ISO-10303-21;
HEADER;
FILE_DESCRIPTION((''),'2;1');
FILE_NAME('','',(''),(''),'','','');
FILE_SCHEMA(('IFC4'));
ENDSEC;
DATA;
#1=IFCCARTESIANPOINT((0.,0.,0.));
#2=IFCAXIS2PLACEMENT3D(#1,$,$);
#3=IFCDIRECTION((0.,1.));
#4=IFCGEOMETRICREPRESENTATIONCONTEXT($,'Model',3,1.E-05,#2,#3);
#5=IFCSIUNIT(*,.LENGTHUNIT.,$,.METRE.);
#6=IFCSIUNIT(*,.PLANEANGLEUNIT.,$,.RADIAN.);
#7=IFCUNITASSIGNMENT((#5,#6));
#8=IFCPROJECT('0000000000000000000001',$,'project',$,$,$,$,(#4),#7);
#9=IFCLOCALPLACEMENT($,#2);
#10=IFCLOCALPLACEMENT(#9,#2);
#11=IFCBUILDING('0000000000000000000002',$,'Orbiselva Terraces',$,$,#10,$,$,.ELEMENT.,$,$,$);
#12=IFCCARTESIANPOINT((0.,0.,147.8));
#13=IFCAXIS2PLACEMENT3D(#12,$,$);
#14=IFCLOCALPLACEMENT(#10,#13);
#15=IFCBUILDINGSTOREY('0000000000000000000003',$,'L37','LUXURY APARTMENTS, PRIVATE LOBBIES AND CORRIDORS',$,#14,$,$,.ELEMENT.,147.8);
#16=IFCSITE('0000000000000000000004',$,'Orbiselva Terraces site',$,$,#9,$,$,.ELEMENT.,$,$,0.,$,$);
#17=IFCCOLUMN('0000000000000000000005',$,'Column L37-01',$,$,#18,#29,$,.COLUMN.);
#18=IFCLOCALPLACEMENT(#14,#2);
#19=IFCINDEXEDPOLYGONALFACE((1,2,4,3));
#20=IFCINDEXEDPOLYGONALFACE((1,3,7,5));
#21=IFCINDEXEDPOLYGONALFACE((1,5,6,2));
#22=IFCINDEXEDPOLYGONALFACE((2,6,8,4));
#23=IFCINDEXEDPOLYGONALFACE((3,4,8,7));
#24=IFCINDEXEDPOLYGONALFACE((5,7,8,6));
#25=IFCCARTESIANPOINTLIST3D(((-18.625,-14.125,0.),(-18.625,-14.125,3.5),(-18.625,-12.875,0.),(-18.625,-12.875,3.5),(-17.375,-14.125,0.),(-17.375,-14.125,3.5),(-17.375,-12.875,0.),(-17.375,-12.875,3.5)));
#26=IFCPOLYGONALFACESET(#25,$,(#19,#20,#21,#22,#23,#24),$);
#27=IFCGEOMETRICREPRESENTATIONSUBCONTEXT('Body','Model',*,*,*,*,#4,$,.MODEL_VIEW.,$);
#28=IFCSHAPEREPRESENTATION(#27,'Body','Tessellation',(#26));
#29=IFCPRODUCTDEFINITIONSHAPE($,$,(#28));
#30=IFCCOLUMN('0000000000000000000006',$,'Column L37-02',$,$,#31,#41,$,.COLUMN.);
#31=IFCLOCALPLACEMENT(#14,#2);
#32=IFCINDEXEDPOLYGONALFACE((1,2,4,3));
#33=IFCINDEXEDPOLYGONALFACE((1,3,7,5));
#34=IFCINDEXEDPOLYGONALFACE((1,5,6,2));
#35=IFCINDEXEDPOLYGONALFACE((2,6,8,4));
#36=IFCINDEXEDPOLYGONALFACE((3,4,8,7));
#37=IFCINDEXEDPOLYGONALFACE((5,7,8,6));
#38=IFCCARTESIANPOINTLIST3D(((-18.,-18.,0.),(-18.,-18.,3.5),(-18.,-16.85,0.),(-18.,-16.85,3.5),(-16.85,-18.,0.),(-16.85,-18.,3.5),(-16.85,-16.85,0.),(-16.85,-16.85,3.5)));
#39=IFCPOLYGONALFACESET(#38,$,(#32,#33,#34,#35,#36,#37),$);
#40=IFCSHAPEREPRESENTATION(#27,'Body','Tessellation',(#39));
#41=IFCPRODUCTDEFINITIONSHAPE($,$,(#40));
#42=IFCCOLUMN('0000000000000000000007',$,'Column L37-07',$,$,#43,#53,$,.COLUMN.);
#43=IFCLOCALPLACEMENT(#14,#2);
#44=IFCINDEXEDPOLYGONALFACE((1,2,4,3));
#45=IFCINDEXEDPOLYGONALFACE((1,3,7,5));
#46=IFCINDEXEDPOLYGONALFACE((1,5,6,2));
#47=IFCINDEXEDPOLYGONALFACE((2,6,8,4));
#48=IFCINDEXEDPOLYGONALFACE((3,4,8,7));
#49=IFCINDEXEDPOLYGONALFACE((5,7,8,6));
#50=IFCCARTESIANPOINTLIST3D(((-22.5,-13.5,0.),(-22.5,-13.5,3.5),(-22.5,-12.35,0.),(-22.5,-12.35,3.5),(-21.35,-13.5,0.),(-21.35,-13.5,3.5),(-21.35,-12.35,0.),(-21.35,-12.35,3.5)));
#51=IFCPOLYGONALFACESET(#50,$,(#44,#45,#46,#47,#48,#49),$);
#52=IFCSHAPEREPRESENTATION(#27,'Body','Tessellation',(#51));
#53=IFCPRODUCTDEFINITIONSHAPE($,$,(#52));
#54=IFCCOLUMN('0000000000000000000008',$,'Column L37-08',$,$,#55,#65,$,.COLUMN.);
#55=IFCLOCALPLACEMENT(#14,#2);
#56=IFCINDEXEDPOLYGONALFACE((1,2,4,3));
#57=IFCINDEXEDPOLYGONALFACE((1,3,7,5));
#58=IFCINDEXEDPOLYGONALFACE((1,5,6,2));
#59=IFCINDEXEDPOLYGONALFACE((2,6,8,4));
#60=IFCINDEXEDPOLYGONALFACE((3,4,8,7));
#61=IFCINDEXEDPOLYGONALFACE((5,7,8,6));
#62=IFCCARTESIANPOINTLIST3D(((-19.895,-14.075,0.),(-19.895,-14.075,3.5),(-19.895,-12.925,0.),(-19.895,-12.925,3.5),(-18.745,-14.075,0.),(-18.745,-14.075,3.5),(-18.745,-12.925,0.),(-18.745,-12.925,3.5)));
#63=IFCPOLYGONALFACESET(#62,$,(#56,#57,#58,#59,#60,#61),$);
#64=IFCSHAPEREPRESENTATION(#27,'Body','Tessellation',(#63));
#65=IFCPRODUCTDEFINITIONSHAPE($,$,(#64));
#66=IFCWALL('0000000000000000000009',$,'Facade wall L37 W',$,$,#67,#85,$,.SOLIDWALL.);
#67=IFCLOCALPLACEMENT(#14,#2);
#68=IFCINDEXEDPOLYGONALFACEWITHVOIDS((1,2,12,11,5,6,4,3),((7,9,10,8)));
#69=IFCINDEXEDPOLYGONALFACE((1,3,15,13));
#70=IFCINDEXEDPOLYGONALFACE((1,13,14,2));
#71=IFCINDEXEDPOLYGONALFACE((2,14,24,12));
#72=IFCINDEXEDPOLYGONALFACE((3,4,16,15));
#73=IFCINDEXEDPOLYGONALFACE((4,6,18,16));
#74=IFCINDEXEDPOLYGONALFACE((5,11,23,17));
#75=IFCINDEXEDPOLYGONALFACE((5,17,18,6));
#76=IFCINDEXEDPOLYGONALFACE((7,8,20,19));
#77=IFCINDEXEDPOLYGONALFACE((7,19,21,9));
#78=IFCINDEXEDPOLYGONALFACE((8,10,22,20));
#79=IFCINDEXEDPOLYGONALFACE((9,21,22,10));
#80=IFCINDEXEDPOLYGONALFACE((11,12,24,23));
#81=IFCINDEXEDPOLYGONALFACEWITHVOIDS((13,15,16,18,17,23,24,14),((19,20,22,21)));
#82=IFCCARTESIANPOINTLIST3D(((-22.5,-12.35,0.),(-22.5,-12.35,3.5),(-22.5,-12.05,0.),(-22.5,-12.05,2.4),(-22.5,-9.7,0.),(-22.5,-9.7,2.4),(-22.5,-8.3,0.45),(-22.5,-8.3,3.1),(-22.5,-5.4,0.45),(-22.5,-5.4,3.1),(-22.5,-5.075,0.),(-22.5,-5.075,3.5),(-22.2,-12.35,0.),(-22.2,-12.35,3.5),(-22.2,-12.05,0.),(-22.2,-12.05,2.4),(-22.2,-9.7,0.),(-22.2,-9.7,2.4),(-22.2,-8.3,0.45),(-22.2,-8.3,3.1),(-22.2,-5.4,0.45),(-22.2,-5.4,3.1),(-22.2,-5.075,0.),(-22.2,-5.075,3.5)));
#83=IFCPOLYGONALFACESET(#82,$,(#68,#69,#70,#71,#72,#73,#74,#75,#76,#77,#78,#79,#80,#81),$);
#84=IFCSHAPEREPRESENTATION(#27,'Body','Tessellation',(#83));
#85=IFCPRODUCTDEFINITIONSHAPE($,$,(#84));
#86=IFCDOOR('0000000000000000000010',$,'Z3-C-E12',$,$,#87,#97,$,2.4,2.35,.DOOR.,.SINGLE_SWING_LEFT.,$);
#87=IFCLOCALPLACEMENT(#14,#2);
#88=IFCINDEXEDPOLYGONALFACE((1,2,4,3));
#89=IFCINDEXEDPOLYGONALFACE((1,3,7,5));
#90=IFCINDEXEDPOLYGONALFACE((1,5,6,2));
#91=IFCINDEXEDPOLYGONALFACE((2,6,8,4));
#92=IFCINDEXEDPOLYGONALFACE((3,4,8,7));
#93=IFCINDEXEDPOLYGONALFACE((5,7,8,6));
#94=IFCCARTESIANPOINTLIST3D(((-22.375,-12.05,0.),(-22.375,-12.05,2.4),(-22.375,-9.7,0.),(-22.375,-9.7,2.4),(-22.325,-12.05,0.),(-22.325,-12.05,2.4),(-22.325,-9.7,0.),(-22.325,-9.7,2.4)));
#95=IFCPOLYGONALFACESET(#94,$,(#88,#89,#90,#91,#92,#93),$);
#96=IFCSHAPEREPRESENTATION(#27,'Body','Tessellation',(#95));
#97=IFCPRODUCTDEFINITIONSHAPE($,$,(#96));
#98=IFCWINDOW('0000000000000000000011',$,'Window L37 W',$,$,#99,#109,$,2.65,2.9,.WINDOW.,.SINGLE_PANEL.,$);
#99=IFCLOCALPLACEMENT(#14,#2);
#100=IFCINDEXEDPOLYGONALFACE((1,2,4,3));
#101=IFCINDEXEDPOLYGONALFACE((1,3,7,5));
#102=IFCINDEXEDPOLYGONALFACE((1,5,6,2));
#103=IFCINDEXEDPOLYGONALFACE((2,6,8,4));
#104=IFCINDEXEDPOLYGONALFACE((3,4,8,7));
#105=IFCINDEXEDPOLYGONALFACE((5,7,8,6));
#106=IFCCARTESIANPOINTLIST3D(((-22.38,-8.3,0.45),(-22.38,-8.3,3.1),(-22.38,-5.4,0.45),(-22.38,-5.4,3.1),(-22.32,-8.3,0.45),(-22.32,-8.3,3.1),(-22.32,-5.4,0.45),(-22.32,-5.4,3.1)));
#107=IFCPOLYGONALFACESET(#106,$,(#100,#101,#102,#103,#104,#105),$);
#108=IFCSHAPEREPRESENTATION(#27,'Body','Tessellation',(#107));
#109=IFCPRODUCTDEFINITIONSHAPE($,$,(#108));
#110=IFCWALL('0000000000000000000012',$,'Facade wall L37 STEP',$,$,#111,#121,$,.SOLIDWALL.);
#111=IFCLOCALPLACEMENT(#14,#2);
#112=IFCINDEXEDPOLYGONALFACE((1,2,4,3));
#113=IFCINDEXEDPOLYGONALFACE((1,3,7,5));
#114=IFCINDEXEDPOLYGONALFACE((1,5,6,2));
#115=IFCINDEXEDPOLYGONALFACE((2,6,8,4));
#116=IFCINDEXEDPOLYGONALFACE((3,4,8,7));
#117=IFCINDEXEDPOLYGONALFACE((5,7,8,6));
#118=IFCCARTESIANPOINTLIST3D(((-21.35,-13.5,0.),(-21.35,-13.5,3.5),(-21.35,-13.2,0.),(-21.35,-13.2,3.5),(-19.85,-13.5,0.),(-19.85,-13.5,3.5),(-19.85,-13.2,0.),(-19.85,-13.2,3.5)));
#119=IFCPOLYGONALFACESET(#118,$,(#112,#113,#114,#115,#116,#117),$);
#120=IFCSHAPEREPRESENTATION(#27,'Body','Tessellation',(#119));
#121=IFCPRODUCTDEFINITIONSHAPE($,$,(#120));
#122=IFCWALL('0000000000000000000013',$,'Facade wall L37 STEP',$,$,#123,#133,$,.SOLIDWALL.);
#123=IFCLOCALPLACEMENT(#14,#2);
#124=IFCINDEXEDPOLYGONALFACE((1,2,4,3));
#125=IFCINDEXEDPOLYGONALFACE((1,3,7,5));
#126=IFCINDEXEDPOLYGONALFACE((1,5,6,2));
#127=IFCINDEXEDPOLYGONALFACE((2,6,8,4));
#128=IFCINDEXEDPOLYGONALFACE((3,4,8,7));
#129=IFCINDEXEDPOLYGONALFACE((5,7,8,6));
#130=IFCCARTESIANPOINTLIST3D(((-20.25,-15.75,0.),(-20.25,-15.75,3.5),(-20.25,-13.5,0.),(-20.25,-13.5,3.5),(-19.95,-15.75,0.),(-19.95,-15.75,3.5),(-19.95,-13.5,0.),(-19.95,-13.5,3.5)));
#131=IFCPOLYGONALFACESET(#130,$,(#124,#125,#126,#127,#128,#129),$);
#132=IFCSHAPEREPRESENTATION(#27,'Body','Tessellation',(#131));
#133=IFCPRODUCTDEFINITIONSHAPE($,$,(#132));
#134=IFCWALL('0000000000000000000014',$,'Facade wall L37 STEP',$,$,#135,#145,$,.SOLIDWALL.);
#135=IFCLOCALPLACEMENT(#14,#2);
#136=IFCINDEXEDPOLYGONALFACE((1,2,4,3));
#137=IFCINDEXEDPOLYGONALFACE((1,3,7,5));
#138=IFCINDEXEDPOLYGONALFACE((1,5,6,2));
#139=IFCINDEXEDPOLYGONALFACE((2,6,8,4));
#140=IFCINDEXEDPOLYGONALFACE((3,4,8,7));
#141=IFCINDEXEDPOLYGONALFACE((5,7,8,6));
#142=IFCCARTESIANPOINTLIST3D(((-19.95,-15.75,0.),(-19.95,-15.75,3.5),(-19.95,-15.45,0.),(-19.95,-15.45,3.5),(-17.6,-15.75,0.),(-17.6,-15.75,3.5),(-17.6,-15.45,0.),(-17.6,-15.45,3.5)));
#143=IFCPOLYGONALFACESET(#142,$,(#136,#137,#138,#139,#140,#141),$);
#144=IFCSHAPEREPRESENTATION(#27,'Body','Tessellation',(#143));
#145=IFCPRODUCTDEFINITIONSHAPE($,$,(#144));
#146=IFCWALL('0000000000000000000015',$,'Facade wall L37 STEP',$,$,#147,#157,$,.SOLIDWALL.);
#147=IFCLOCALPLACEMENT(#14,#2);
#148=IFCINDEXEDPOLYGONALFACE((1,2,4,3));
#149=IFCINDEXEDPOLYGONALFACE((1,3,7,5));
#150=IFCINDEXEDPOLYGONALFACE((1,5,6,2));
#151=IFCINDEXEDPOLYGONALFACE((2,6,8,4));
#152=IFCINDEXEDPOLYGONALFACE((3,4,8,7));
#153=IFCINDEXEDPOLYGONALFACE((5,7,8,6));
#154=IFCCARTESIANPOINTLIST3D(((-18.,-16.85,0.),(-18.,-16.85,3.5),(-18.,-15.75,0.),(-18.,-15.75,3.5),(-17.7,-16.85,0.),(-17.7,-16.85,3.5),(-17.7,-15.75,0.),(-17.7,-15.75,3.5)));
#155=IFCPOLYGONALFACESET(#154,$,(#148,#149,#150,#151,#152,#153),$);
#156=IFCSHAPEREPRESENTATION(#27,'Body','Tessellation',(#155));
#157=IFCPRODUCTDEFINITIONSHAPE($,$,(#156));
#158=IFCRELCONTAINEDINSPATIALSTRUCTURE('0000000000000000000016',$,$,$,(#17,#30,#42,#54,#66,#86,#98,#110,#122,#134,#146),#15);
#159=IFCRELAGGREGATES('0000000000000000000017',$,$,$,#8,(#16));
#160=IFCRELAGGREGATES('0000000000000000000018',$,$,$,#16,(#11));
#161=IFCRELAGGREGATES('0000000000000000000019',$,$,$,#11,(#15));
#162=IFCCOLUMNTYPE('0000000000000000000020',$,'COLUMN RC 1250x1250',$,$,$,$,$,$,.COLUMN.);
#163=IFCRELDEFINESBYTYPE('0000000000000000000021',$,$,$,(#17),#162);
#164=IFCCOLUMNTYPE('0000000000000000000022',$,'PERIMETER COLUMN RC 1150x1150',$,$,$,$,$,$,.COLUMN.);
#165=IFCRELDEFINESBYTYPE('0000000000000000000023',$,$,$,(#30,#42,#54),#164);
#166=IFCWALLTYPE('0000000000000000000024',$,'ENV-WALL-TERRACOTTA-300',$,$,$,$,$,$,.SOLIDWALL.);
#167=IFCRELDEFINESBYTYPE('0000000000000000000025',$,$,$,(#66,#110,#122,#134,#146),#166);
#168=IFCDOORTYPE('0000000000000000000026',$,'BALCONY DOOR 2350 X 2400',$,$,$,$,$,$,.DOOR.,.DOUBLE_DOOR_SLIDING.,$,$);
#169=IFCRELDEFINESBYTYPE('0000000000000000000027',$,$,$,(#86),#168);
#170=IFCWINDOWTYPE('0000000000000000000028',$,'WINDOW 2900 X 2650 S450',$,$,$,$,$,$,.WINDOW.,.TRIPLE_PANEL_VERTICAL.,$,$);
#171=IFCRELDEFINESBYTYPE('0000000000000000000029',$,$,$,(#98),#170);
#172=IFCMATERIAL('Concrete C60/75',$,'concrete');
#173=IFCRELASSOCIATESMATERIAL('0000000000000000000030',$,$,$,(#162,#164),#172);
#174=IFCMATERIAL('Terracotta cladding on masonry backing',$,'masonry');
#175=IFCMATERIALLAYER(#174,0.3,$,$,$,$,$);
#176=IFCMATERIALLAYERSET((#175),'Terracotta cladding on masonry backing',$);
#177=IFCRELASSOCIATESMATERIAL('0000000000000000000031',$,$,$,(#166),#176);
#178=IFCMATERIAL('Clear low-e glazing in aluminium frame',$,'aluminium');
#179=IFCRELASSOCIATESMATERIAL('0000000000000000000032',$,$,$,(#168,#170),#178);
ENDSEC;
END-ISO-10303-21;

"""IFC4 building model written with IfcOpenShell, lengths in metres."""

from ifc_helpers import new_model, si_unit, direction, frame, frame_2d, origin, origin_2d, place, context, subcontext, project, spatial, rectangle, extrude, material, layer, layer_set, material_profile, profile_set, type_object, element, fill, save


model = new_model("IFC4")

# Units and contexts
model_context = context("Model", 3, precision=1e-05, world=origin(), true_north=direction((0.0, 1.0)))
body_context = subcontext(model_context, "Body", "Model", "MODEL_VIEW")
ifc_project = project(units=[si_unit("LENGTHUNIT", "METRE"), si_unit("PLANEANGLEUNIT", "RADIAN")], contexts=[model_context])

# Site, building, storey
site_placement = place(None, origin())
site = spatial("IfcSite", under=ifc_project, at=site_placement, Name="Orbiselva Terraces site", CompositionType="ELEMENT", RefElevation=0.0)
building_placement = place(site_placement, origin())
building = spatial("IfcBuilding", under=site, at=building_placement, Name="Orbiselva Terraces", CompositionType="ELEMENT")
storey_placement = place(building_placement, frame((0.0, 0.0, 147.8)))
storey = spatial("IfcBuildingStorey", under=building, at=storey_placement, Name="L37", Description="LUXURY APARTMENTS, PRIVATE LOBBIES AND CORRIDORS", CompositionType="ELEMENT", Elevation=147.8)

# Columns
ifc_material_1 = material(Name="Concrete C60/75", Category="concrete")
ifc_material_profile_1 = material_profile(ifc_material_1, rectangle(XDim=1.25, YDim=1.25, at=origin_2d()), Name="RC 1250x1250")
ifc_profile_set_1 = profile_set([ifc_material_profile_1], Name="Concrete C60/75")
column_type_1 = type_object("IfcColumnType", Name="COLUMN RC 1250x1250", PredefinedType="COLUMN", material=ifc_profile_set_1)
column_placement = place(storey_placement, frame((-18.0, -13.5, 0.0), z_axis=(0.0, 0.0, 1.0), x_axis=(1.0, 0.0, 0.0)))
element("IfcColumn", 1, at=column_placement, inside=storey, type_object=column_type_1, Name="Column L37-01", PredefinedType="COLUMN", context=body_context, shape_type="SweptSolid", body=[
    extrude(rectangle(XDim=1.25, YDim=1.25, at=origin_2d()), origin(), (0.0, 0.0, 1.0), 3.5),
])
ifc_material_profile_2 = material_profile(ifc_material_1, rectangle(XDim=1.15, YDim=1.15, at=origin_2d()), Name="RC 1150x1150")
ifc_profile_set_2 = profile_set([ifc_material_profile_2], Name="Concrete C60/75")
column_type_2 = type_object("IfcColumnType", Name="PERIMETER COLUMN RC 1150x1150", PredefinedType="COLUMN", material=ifc_profile_set_2)
for number, where, z_axis, x_axis, name in (
    (2, (-17.425, -17.425, 0.0), (0.0, 0.0, 1.0), (1.0, 0.0, 0.0), "Column L37-02"),
    (3, (-21.925, -12.925, 0.0), (0.0, 0.0, 1.0), (1.0, 0.0, 0.0), "Column L37-07"),
    (4, (-19.32, -13.5, 0.0), (0.0, 0.0, 1.0), (1.0, 0.0, 0.0), "Column L37-08"),
):
    element("IfcColumn", number, at=place(storey_placement, frame(where, z_axis=z_axis, x_axis=x_axis)), inside=storey, type_object=column_type_2, Name=name, PredefinedType="COLUMN", context=body_context, shape_type="SweptSolid", body=[
        extrude(rectangle(XDim=1.15, YDim=1.15, at=origin_2d()), origin(), (0.0, 0.0, 1.0), 3.5),
    ])

# Wall, openings, door, window
ifc_material_2 = material(Name="Terracotta cladding on masonry backing", Category="masonry")
ifc_layer_1 = layer(ifc_material_2, 0.3)
ifc_layer_set_1 = layer_set([ifc_layer_1], Name="Terracotta cladding on masonry backing")
wall_type_1 = type_object("IfcWallType", Name="ENV-WALL-TERRACOTTA-300", PredefinedType="SOLIDWALL", material=ifc_layer_set_1)
wall_1_placement = place(storey_placement, frame((-22.35, -12.35, 0.0), z_axis=(0.0, 0.0, 1.0), x_axis=(0.0, 1.0, 0.0)))
wall_1 = element("IfcWall", 5, at=wall_1_placement, inside=storey, type_object=wall_type_1, Name="Facade wall L37 W", PredefinedType="SOLIDWALL", context=body_context, shape_type="SweptSolid", body=[
    extrude(rectangle(XDim=7.275, YDim=0.3, at=frame_2d((3.6375, 0.0))), origin(), (0.0, 0.0, 1.0), 3.5),
])
opening_1_placement = place(wall_1_placement, frame((4.05, 0.0, 0.45)))
opening_1 = element("IfcOpeningElement", 6, at=opening_1_placement, cuts=wall_1, PredefinedType="OPENING", context=body_context, shape_type="SweptSolid", body=[
    extrude(rectangle(XDim=2.9, YDim=2.65, at=frame_2d((1.45, 1.325))), frame((0.0, 0.16, 0.0), z_axis=(0.0, -1.0, 0.0), x_axis=(1.0, 0.0, 0.0)), (0.0, 0.0, 1.0), 0.32),
])
opening_2_placement = place(wall_1_placement, frame((0.3, 0.0, 0.0)))
opening_2 = element("IfcOpeningElement", 7, at=opening_2_placement, cuts=wall_1, PredefinedType="OPENING", context=body_context, shape_type="SweptSolid", body=[
    extrude(rectangle(XDim=2.35, YDim=2.4, at=frame_2d((1.175, 1.2))), frame((0.0, 0.16, 0.0), z_axis=(0.0, -1.0, 0.0), x_axis=(1.0, 0.0, 0.0)), (0.0, 0.0, 1.0), 0.32),
])
ifc_material_3 = material(Name="Clear low-e glazing in aluminium frame", Category="aluminium")
door_type_1 = type_object("IfcDoorType", Name="BALCONY DOOR 2350 X 2400", OperationType="DOUBLE_DOOR_SLIDING", PredefinedType="DOOR", material=ifc_material_3)
door_1_placement = place(opening_2_placement, origin())
door_1 = element("IfcDoor", 8, at=door_1_placement, inside=storey, type_object=door_type_1, Name="Z3-C-E12", OperationType="SINGLE_SWING_LEFT", OverallHeight=2.4, OverallWidth=2.35, PredefinedType="DOOR", context=body_context, shape_type="SweptSolid", body=[
    extrude(rectangle(XDim=2.35, YDim=2.4, at=frame_2d((1.175, 1.2))), frame((0.0, 0.025, 0.0), z_axis=(0.0, -1.0, 0.0), x_axis=(1.0, 0.0, 0.0)), (0.0, 0.0, 1.0), 0.05),
])
fill(opening_2, door_1)
window_type = type_object("IfcWindowType", Name="WINDOW 2900 X 2650 S450", PartitioningType="TRIPLE_PANEL_VERTICAL", PredefinedType="WINDOW", material=ifc_material_3)
window_placement = place(opening_1_placement, origin())
window = element("IfcWindow", 9, at=window_placement, inside=storey, type_object=window_type, Name="Window L37 W", OverallHeight=2.65, OverallWidth=2.9, PartitioningType="SINGLE_PANEL", PredefinedType="WINDOW", context=body_context, shape_type="SweptSolid", body=[
    extrude(rectangle(XDim=2.9, YDim=2.65, at=frame_2d((1.45, 1.325))), frame((0.0, 0.03, 0.0), z_axis=(0.0, -1.0, 0.0), x_axis=(1.0, 0.0, 0.0)), (0.0, 0.0, 1.0), 0.06),
])
fill(opening_1, window)

# Walls
wall_2_placement = place(storey_placement, frame((-19.85, -13.35, 0.0), z_axis=(0.0, 0.0, 1.0), x_axis=(-1.0, 0.0, 0.0)))
element("IfcWall", 10, at=wall_2_placement, inside=storey, type_object=wall_type_1, Name="Facade wall L37 STEP", PredefinedType="SOLIDWALL", context=body_context, shape_type="SweptSolid", body=[
    extrude(rectangle(XDim=1.5, YDim=0.3, at=frame_2d((0.75, 0.0))), origin(), (0.0, 0.0, 1.0), 3.5),
])
wall_3_placement = place(storey_placement, frame((-20.1, -15.75, 0.0), z_axis=(0.0, 0.0, 1.0), x_axis=(0.0, 1.0, 0.0)))
element("IfcWall", 11, at=wall_3_placement, inside=storey, type_object=wall_type_1, Name="Facade wall L37 STEP", PredefinedType="SOLIDWALL", context=body_context, shape_type="SweptSolid", body=[
    extrude(rectangle(XDim=2.25, YDim=0.3, at=frame_2d((1.125, 0.0))), origin(), (0.0, 0.0, 1.0), 3.5),
])
wall_4_placement = place(storey_placement, frame((-17.6, -15.6, 0.0), z_axis=(0.0, 0.0, 1.0), x_axis=(-1.0, 0.0, 0.0)))
element("IfcWall", 12, at=wall_4_placement, inside=storey, type_object=wall_type_1, Name="Facade wall L37 STEP", PredefinedType="SOLIDWALL", context=body_context, shape_type="SweptSolid", body=[
    extrude(rectangle(XDim=2.35, YDim=0.3, at=frame_2d((1.175, 0.0))), origin(), (0.0, 0.0, 1.0), 3.5),
])
wall_5_placement = place(storey_placement, frame((-17.85, -16.85, 0.0), z_axis=(0.0, 0.0, 1.0), x_axis=(0.0, 1.0, 0.0)))
element("IfcWall", 13, at=wall_5_placement, inside=storey, type_object=wall_type_1, Name="Facade wall L37 STEP", PredefinedType="SOLIDWALL", context=body_context, shape_type="SweptSolid", body=[
    extrude(rectangle(XDim=1.1, YDim=0.3, at=frame_2d((0.55, 0.0))), origin(), (0.0, 0.0, 1.0), 3.5),
])

save(model, "model.ifc")
